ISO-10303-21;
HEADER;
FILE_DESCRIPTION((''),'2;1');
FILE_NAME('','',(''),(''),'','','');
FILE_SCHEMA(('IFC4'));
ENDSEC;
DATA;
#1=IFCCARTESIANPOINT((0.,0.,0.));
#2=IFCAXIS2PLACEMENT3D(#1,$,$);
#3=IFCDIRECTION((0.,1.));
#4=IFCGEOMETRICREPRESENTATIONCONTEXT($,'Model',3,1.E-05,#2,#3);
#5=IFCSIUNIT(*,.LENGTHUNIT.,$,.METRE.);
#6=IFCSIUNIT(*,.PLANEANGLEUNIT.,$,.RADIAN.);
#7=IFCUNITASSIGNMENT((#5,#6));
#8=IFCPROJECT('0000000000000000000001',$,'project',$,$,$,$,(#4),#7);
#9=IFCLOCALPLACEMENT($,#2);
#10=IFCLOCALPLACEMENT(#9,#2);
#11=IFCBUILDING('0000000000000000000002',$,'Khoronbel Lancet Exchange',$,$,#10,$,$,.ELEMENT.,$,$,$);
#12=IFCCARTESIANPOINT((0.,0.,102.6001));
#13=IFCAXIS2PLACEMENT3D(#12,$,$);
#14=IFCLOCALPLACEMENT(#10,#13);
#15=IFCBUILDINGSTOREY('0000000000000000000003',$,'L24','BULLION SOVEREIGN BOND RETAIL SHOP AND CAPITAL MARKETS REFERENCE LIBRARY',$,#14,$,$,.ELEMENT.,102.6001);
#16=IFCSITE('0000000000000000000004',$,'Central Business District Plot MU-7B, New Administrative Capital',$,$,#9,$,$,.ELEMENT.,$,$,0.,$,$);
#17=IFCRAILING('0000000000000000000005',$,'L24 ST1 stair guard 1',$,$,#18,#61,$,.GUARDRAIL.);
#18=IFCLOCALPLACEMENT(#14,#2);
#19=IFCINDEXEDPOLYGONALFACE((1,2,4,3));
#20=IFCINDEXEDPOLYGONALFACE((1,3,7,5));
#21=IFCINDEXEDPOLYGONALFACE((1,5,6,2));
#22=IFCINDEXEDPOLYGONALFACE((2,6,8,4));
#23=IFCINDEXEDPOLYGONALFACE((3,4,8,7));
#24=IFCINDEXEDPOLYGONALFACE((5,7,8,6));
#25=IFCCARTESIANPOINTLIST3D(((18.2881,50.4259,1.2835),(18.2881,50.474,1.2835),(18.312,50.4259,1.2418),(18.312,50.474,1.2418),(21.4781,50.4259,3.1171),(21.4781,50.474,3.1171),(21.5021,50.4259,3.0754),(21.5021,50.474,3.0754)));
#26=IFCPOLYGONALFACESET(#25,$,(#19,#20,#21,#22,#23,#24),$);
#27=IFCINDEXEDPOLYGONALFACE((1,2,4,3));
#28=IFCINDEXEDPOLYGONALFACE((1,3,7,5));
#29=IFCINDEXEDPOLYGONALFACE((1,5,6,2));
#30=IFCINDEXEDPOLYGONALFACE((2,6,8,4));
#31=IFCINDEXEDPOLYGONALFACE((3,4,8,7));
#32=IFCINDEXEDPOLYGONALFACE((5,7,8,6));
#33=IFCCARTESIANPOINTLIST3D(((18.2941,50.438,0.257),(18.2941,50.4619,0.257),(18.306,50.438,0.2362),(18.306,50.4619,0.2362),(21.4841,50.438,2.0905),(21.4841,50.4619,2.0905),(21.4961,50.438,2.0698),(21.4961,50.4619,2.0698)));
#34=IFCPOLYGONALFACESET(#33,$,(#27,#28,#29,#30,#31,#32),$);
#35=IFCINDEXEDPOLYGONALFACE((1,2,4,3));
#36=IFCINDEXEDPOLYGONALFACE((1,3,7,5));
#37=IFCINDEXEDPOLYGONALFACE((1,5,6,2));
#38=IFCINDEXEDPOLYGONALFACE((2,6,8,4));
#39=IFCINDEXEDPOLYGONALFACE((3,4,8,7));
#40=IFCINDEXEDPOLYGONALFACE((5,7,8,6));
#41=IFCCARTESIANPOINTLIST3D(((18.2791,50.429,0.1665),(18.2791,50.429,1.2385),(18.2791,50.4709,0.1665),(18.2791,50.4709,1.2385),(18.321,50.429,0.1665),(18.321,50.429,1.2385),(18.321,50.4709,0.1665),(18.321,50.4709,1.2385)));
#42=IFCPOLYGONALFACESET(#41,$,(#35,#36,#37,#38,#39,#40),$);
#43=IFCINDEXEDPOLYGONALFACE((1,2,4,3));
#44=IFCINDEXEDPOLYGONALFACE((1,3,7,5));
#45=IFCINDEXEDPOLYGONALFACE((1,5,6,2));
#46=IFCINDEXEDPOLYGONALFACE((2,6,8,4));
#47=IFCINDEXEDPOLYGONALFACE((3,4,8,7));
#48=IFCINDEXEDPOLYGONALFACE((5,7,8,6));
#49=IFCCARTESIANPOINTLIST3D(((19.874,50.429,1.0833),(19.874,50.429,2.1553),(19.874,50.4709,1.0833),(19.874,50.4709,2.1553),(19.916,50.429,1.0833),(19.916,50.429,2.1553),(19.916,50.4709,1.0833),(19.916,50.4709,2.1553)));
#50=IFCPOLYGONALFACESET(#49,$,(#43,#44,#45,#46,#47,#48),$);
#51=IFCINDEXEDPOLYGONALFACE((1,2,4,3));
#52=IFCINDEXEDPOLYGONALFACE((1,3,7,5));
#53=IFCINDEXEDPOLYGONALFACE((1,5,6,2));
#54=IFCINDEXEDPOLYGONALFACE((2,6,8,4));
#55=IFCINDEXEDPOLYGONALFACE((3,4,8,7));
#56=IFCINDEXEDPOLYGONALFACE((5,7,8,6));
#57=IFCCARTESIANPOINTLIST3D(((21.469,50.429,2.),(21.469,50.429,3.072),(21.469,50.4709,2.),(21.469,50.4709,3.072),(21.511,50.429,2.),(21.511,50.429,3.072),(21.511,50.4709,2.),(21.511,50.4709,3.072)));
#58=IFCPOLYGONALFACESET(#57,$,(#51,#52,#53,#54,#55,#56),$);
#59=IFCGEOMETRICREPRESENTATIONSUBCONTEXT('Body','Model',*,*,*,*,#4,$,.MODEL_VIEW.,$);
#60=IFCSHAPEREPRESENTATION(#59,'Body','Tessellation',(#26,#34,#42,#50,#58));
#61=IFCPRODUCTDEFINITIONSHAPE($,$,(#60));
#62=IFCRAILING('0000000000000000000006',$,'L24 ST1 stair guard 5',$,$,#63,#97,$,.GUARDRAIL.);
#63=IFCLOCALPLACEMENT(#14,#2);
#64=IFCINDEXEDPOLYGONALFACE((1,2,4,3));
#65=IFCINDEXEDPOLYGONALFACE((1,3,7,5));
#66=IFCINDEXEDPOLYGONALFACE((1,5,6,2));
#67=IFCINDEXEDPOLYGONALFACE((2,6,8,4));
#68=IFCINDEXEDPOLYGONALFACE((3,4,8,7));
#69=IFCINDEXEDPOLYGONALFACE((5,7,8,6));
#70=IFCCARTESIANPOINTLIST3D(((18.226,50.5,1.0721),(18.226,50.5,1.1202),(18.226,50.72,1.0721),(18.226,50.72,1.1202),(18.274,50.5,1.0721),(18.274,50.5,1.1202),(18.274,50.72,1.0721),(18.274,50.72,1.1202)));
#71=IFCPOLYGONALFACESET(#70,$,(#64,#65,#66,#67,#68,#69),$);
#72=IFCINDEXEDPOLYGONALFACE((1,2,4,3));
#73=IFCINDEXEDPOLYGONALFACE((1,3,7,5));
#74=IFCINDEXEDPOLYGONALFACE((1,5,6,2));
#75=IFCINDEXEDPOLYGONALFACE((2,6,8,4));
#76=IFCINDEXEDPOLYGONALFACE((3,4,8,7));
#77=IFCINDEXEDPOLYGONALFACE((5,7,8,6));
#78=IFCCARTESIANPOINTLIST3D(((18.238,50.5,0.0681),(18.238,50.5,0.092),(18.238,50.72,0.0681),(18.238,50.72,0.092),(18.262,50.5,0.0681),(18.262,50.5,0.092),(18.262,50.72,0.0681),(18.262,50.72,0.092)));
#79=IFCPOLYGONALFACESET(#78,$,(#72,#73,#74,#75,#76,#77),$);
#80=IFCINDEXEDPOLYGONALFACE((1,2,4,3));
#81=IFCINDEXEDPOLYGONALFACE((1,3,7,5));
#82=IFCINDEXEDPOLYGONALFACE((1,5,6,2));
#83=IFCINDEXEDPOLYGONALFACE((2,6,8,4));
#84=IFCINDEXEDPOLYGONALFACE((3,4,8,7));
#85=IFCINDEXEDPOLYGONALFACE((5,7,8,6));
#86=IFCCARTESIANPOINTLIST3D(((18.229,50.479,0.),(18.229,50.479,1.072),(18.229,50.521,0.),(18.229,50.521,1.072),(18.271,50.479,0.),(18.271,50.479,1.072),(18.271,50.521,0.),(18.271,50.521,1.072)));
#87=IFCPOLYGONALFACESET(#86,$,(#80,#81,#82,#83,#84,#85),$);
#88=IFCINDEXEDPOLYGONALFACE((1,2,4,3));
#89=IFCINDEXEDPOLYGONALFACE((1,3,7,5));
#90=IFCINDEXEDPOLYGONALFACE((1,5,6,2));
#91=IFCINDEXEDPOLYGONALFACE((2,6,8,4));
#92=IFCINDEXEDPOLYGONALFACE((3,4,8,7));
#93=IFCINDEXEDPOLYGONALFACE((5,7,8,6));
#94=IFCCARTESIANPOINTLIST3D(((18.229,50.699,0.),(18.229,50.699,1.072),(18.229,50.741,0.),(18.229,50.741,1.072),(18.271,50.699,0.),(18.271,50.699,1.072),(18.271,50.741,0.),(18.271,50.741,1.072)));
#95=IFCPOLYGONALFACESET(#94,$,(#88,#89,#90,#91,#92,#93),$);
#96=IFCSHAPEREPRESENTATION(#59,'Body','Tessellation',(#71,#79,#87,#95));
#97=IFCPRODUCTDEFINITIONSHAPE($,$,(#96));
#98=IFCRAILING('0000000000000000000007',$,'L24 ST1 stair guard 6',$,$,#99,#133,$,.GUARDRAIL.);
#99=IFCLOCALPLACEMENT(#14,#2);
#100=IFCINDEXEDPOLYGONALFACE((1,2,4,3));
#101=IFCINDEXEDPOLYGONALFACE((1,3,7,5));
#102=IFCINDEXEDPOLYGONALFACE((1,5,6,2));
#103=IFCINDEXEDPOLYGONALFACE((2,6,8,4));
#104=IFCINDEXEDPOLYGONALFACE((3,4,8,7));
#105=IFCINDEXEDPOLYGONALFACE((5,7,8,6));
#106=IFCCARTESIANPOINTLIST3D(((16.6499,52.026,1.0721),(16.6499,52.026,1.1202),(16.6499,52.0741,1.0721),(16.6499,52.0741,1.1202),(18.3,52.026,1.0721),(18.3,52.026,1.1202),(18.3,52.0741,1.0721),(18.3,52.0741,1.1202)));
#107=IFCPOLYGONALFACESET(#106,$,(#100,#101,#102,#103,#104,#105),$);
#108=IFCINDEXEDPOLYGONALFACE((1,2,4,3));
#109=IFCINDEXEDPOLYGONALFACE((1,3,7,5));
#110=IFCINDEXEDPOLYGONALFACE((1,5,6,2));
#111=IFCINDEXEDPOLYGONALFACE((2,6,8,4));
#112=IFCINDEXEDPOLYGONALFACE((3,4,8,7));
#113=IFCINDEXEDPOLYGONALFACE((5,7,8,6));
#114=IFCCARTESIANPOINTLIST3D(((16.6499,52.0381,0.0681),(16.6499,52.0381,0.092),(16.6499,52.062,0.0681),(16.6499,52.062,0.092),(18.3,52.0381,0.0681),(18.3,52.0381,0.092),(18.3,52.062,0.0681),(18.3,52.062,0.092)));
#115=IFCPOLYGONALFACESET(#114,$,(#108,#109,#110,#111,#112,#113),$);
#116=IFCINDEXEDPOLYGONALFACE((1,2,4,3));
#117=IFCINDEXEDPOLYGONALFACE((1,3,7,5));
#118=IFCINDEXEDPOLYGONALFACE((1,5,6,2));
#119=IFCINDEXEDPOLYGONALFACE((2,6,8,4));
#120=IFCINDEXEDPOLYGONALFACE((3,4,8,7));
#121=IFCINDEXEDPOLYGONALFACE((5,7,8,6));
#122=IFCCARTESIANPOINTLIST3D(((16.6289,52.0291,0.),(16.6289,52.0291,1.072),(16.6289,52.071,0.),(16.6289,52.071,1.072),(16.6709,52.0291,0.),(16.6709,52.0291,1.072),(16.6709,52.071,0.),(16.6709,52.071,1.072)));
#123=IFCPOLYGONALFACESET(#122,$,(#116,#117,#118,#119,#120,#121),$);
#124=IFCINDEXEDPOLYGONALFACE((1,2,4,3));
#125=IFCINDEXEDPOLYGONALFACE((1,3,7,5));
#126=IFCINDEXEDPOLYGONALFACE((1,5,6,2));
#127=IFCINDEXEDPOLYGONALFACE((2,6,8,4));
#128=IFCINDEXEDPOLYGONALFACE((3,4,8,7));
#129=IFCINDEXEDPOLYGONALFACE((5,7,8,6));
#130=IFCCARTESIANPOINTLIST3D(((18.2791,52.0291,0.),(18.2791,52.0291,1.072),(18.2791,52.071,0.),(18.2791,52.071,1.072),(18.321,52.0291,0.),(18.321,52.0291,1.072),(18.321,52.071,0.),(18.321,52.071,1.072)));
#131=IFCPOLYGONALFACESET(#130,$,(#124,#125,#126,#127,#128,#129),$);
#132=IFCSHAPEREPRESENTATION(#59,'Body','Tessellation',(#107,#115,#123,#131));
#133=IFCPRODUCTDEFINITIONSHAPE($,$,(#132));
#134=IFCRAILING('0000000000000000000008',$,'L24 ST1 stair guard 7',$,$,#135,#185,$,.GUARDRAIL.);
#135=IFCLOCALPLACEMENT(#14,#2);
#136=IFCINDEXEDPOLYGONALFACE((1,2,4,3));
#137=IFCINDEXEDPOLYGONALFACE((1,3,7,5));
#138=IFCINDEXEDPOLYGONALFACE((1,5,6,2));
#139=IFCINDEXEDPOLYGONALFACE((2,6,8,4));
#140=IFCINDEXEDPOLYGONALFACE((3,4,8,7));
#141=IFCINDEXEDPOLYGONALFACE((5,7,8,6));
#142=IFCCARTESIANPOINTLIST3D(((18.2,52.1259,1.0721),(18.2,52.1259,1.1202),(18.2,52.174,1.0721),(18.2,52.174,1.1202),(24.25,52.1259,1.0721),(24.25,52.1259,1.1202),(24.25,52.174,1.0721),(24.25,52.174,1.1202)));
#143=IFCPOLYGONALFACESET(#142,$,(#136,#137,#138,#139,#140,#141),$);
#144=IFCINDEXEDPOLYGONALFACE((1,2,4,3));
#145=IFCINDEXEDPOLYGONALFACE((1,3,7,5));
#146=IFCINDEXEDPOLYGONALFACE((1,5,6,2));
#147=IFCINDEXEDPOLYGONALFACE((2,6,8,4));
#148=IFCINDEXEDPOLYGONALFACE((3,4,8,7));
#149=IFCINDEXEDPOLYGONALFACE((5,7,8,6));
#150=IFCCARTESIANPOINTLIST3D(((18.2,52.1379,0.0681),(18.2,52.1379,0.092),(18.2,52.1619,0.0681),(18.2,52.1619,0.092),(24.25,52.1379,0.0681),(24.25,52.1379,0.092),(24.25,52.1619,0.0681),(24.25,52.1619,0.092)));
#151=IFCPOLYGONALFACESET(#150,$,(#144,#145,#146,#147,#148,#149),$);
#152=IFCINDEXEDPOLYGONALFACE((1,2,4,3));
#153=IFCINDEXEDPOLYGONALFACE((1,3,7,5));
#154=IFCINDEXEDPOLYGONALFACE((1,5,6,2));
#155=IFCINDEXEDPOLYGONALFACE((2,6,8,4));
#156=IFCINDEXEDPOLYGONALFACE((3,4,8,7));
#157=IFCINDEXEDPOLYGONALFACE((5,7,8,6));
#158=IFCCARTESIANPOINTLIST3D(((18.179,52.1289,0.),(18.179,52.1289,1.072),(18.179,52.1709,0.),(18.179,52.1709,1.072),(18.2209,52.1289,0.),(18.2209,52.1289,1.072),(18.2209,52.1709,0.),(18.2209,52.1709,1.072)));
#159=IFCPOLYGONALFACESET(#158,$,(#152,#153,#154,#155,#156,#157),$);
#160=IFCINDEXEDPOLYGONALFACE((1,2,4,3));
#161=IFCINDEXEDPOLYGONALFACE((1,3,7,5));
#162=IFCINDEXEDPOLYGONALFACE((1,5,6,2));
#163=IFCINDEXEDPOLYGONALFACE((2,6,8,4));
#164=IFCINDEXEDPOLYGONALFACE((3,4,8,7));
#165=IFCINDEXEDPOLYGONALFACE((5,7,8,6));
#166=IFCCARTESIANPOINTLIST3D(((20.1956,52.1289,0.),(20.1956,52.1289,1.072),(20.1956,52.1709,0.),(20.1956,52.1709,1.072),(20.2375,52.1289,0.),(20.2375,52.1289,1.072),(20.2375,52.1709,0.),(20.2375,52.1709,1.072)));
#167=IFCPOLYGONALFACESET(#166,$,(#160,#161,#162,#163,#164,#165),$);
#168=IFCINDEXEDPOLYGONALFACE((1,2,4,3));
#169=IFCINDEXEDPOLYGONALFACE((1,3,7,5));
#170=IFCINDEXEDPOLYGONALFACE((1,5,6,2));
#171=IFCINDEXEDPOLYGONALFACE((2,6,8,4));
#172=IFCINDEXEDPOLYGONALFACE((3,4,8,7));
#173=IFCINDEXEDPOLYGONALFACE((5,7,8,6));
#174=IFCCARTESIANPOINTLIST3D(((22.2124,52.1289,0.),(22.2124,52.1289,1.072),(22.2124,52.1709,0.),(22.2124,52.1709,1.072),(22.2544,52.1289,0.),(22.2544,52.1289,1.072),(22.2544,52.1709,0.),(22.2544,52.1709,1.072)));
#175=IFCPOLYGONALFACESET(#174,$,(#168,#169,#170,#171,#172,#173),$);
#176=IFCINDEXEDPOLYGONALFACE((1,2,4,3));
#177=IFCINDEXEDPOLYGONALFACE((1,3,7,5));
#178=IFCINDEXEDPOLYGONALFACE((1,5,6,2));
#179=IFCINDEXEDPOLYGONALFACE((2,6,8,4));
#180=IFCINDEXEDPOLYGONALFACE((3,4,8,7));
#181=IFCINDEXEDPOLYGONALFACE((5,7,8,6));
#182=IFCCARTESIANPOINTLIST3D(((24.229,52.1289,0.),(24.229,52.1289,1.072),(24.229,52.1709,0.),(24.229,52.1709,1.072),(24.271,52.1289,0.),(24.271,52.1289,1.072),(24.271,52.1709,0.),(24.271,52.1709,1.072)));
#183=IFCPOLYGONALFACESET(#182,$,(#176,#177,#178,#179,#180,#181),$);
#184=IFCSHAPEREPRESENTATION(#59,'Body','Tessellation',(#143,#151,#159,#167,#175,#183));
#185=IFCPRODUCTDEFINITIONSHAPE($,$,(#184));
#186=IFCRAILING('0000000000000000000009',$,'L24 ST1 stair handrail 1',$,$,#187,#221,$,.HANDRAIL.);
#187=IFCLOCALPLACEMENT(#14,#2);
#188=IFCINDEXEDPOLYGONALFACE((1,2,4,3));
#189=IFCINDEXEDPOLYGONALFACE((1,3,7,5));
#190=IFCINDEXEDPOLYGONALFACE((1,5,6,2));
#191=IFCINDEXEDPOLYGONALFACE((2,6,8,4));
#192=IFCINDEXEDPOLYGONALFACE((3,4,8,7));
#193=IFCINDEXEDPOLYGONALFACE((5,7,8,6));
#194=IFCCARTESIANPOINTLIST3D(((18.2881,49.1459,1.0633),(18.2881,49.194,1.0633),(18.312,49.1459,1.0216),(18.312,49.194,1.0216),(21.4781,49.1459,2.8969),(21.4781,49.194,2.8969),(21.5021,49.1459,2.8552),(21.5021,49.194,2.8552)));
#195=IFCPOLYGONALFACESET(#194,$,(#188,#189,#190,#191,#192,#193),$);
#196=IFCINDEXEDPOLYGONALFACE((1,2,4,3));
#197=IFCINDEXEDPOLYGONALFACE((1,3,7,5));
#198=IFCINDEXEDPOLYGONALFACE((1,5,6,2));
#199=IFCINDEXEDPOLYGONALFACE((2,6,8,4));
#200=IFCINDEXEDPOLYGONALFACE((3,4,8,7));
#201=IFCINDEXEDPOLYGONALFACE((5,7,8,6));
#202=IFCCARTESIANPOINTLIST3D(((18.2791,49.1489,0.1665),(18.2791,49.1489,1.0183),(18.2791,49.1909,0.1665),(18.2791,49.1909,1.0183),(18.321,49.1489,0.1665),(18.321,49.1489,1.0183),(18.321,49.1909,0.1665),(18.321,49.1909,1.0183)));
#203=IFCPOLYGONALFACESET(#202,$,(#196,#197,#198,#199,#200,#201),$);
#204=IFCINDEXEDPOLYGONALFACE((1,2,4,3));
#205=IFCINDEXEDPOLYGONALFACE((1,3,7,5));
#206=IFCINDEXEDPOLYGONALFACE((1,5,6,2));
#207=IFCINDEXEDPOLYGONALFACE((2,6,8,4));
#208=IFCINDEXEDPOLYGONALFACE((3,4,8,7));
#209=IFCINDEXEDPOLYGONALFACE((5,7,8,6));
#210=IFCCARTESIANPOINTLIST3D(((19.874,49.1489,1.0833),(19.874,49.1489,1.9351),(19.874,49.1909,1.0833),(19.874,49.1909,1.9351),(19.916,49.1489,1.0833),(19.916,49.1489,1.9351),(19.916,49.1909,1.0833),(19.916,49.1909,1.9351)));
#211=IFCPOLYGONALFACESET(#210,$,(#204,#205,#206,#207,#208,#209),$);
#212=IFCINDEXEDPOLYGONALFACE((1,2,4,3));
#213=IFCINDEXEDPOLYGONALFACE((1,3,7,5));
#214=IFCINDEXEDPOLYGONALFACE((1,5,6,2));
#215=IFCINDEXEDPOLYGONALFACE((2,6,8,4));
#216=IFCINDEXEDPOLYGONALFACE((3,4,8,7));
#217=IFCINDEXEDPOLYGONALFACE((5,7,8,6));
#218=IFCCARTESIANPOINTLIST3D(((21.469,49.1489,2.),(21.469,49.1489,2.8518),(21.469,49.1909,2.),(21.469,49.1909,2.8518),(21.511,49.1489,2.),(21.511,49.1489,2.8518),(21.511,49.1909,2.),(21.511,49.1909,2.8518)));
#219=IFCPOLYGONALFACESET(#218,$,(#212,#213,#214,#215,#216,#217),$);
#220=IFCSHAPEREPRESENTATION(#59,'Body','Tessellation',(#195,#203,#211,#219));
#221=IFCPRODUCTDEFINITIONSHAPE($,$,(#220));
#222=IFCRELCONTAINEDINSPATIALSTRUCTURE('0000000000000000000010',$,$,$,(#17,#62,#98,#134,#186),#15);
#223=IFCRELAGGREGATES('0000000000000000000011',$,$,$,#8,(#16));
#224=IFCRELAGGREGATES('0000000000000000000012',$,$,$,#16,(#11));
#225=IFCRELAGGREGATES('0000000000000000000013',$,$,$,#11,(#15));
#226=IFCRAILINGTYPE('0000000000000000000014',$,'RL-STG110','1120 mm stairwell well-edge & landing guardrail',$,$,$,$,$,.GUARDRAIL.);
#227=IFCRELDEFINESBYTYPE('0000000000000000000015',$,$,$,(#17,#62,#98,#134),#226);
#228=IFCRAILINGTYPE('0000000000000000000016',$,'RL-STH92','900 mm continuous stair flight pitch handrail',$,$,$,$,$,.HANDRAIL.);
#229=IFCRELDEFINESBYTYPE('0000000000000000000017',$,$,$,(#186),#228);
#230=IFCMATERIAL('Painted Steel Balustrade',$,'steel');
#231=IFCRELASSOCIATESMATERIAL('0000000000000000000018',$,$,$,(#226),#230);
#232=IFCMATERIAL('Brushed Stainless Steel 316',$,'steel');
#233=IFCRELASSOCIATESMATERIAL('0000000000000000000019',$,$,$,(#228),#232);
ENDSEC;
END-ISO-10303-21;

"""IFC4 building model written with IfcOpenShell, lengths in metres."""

from ifc_helpers import new_model, si_unit, direction, frame, origin, origin_2d, place, context, subcontext, project, spatial, rectangle, extrude, material, type_object, element, save


model = new_model("IFC4")

# Units and contexts
model_context = context("Model", 3, precision=1e-05, world=origin(), true_north=direction((0.0, 1.0)))
body_context = subcontext(model_context, "Body", "Model", "MODEL_VIEW")
ifc_project = project(units=[si_unit("LENGTHUNIT", "METRE"), si_unit("PLANEANGLEUNIT", "RADIAN")], contexts=[model_context])

# Site, building, storey
site_placement = place(None, origin())
site = spatial("IfcSite", under=ifc_project, at=site_placement, Name="Central Business District Plot MU-7B, New Administrative Capital", CompositionType="ELEMENT", RefElevation=0.0)
building_placement = place(site_placement, origin())
building = spatial("IfcBuilding", under=site, at=building_placement, Name="Khoronbel Lancet Exchange", CompositionType="ELEMENT")
storey_placement = place(building_placement, frame((0.0, 0.0, 102.6001)))
storey = spatial("IfcBuildingStorey", under=building, at=storey_placement, Name="L24", Description="BULLION SOVEREIGN BOND RETAIL SHOP AND CAPITAL MARKETS REFERENCE LIBRARY", CompositionType="ELEMENT", Elevation=102.6001)

# Railings
ifc_material_1 = material(Name="Painted Steel Balustrade", Category="steel")
railing_type_1 = type_object("IfcRailingType", Name="RL-STG110", Description="1120 mm stairwell well-edge & landing guardrail", PredefinedType="GUARDRAIL", material=ifc_material_1)
railing_1_placement = place(storey_placement, frame((18.3, 50.45, 0.1665)))
element("IfcRailing", 1, at=railing_1_placement, inside=storey, type_object=railing_type_1, Name="L24 ST1 stair guard 1", PredefinedType="GUARDRAIL", context=body_context, shape_type="SweptSolid", body=[
    extrude(rectangle(XDim=0.0481, YDim=0.0481, at=origin_2d()), frame((0.0, 0.0, 1.0962), z_axis=(0.866991, 0.0, 0.498324), x_axis=(0.0, 1.0, 0.0)), (0.0, 0.0, 1.0), 3.6794),
    extrude(rectangle(XDim=0.0239, YDim=0.0239, at=origin_2d()), frame((0.0, 0.0, 0.0801), z_axis=(0.866991, 0.0, 0.498324), x_axis=(0.0, 1.0, 0.0)), (0.0, 0.0, 1.0), 3.6794),
    extrude(rectangle(XDim=0.042, YDim=0.042, at=origin_2d()), origin(), (0.0, 0.0, 1.0), 1.072),
    extrude(rectangle(XDim=0.042, YDim=0.042, at=origin_2d()), frame((1.595, 0.0, 0.9167)), (0.0, 0.0, 1.0), 1.072),
    extrude(rectangle(XDim=0.042, YDim=0.042, at=origin_2d()), frame((3.1899, 0.0, 1.8335)), (0.0, 0.0, 1.0), 1.072),
])
railing_2_placement = place(storey_placement, frame((18.25, 50.5, 0.0)))
element("IfcRailing", 2, at=railing_2_placement, inside=storey, type_object=railing_type_1, Name="L24 ST1 stair guard 5", PredefinedType="GUARDRAIL", context=body_context, shape_type="SweptSolid", body=[
    extrude(rectangle(XDim=0.0481, YDim=0.0481, at=origin_2d()), frame((0.0, 0.0, 1.0962), z_axis=(0.0, 1.0, 0.0), x_axis=(-1.0, 0.0, 0.0)), (0.0, 0.0, 1.0), 0.22),
    extrude(rectangle(XDim=0.0239, YDim=0.0239, at=origin_2d()), frame((0.0, 0.0, 0.0801), z_axis=(0.0, 1.0, 0.0), x_axis=(-1.0, 0.0, 0.0)), (0.0, 0.0, 1.0), 0.22),
    extrude(rectangle(XDim=0.042, YDim=0.042, at=origin_2d()), origin(), (0.0, 0.0, 1.0), 1.072),
    extrude(rectangle(XDim=0.042, YDim=0.042, at=origin_2d()), frame((0.0, 0.22, 0.0)), (0.0, 0.0, 1.0), 1.072),
])
railing_3_placement = place(storey_placement, frame((16.6499, 52.05, 0.0)))
element("IfcRailing", 3, at=railing_3_placement, inside=storey, type_object=railing_type_1, Name="L24 ST1 stair guard 6", PredefinedType="GUARDRAIL", context=body_context, shape_type="SweptSolid", body=[
    extrude(rectangle(XDim=0.0481, YDim=0.0481, at=origin_2d()), frame((0.0, 0.0, 1.0962), z_axis=(1.0, 0.0, 0.0), x_axis=(0.0, 1.0, 0.0)), (0.0, 0.0, 1.0), 1.6501),
    extrude(rectangle(XDim=0.0239, YDim=0.0239, at=origin_2d()), frame((0.0, 0.0, 0.0801), z_axis=(1.0, 0.0, 0.0), x_axis=(0.0, 1.0, 0.0)), (0.0, 0.0, 1.0), 1.6501),
    extrude(rectangle(XDim=0.042, YDim=0.042, at=origin_2d()), origin(), (0.0, 0.0, 1.0), 1.072),
    extrude(rectangle(XDim=0.042, YDim=0.042, at=origin_2d()), frame((1.6501, 0.0, 0.0)), (0.0, 0.0, 1.0), 1.072),
])
railing_4_placement = place(storey_placement, frame((18.2, 52.1499, 0.0)))
element("IfcRailing", 4, at=railing_4_placement, inside=storey, type_object=railing_type_1, Name="L24 ST1 stair guard 7", PredefinedType="GUARDRAIL", context=body_context, shape_type="SweptSolid", body=[
    extrude(rectangle(XDim=0.0481, YDim=0.0481, at=origin_2d()), frame((0.0, 0.0, 1.0962), z_axis=(1.0, 0.0, 0.0), x_axis=(0.0, 1.0, 0.0)), (0.0, 0.0, 1.0), 6.05),
    extrude(rectangle(XDim=0.0239, YDim=0.0239, at=origin_2d()), frame((0.0, 0.0, 0.0801), z_axis=(1.0, 0.0, 0.0), x_axis=(0.0, 1.0, 0.0)), (0.0, 0.0, 1.0), 6.05),
    extrude(rectangle(XDim=0.042, YDim=0.042, at=origin_2d()), origin(), (0.0, 0.0, 1.0), 1.072),
    extrude(rectangle(XDim=0.042, YDim=0.042, at=origin_2d()), frame((2.0166, 0.0, 0.0)), (0.0, 0.0, 1.0), 1.072),
    extrude(rectangle(XDim=0.042, YDim=0.042, at=origin_2d()), frame((4.0334, 0.0, 0.0)), (0.0, 0.0, 1.0), 1.072),
    extrude(rectangle(XDim=0.042, YDim=0.042, at=origin_2d()), frame((6.05, 0.0, 0.0)), (0.0, 0.0, 1.0), 1.072),
])
ifc_material_2 = material(Name="Brushed Stainless Steel 316", Category="steel")
railing_type_2 = type_object("IfcRailingType", Name="RL-STH92", Description="900 mm continuous stair flight pitch handrail", PredefinedType="HANDRAIL", material=ifc_material_2)
railing_5_placement = place(storey_placement, frame((18.3, 49.1699, 0.1665)))
element("IfcRailing", 5, at=railing_5_placement, inside=storey, type_object=railing_type_2, Name="L24 ST1 stair handrail 1", PredefinedType="HANDRAIL", context=body_context, shape_type="SweptSolid", body=[
    extrude(rectangle(XDim=0.0481, YDim=0.0481, at=origin_2d()), frame((0.0, 0.0, 0.876), z_axis=(0.866991, 0.0, 0.498324), x_axis=(0.0, 1.0, 0.0)), (0.0, 0.0, 1.0), 3.6794),
    extrude(rectangle(XDim=0.042, YDim=0.042, at=origin_2d()), origin(), (0.0, 0.0, 1.0), 0.8518),
    extrude(rectangle(XDim=0.042, YDim=0.042, at=origin_2d()), frame((1.595, 0.0, 0.9167)), (0.0, 0.0, 1.0), 0.8518),
    extrude(rectangle(XDim=0.042, YDim=0.042, at=origin_2d()), frame((3.1899, 0.0, 1.8335)), (0.0, 0.0, 1.0), 0.8518),
])

save(model, "model.ifc")
